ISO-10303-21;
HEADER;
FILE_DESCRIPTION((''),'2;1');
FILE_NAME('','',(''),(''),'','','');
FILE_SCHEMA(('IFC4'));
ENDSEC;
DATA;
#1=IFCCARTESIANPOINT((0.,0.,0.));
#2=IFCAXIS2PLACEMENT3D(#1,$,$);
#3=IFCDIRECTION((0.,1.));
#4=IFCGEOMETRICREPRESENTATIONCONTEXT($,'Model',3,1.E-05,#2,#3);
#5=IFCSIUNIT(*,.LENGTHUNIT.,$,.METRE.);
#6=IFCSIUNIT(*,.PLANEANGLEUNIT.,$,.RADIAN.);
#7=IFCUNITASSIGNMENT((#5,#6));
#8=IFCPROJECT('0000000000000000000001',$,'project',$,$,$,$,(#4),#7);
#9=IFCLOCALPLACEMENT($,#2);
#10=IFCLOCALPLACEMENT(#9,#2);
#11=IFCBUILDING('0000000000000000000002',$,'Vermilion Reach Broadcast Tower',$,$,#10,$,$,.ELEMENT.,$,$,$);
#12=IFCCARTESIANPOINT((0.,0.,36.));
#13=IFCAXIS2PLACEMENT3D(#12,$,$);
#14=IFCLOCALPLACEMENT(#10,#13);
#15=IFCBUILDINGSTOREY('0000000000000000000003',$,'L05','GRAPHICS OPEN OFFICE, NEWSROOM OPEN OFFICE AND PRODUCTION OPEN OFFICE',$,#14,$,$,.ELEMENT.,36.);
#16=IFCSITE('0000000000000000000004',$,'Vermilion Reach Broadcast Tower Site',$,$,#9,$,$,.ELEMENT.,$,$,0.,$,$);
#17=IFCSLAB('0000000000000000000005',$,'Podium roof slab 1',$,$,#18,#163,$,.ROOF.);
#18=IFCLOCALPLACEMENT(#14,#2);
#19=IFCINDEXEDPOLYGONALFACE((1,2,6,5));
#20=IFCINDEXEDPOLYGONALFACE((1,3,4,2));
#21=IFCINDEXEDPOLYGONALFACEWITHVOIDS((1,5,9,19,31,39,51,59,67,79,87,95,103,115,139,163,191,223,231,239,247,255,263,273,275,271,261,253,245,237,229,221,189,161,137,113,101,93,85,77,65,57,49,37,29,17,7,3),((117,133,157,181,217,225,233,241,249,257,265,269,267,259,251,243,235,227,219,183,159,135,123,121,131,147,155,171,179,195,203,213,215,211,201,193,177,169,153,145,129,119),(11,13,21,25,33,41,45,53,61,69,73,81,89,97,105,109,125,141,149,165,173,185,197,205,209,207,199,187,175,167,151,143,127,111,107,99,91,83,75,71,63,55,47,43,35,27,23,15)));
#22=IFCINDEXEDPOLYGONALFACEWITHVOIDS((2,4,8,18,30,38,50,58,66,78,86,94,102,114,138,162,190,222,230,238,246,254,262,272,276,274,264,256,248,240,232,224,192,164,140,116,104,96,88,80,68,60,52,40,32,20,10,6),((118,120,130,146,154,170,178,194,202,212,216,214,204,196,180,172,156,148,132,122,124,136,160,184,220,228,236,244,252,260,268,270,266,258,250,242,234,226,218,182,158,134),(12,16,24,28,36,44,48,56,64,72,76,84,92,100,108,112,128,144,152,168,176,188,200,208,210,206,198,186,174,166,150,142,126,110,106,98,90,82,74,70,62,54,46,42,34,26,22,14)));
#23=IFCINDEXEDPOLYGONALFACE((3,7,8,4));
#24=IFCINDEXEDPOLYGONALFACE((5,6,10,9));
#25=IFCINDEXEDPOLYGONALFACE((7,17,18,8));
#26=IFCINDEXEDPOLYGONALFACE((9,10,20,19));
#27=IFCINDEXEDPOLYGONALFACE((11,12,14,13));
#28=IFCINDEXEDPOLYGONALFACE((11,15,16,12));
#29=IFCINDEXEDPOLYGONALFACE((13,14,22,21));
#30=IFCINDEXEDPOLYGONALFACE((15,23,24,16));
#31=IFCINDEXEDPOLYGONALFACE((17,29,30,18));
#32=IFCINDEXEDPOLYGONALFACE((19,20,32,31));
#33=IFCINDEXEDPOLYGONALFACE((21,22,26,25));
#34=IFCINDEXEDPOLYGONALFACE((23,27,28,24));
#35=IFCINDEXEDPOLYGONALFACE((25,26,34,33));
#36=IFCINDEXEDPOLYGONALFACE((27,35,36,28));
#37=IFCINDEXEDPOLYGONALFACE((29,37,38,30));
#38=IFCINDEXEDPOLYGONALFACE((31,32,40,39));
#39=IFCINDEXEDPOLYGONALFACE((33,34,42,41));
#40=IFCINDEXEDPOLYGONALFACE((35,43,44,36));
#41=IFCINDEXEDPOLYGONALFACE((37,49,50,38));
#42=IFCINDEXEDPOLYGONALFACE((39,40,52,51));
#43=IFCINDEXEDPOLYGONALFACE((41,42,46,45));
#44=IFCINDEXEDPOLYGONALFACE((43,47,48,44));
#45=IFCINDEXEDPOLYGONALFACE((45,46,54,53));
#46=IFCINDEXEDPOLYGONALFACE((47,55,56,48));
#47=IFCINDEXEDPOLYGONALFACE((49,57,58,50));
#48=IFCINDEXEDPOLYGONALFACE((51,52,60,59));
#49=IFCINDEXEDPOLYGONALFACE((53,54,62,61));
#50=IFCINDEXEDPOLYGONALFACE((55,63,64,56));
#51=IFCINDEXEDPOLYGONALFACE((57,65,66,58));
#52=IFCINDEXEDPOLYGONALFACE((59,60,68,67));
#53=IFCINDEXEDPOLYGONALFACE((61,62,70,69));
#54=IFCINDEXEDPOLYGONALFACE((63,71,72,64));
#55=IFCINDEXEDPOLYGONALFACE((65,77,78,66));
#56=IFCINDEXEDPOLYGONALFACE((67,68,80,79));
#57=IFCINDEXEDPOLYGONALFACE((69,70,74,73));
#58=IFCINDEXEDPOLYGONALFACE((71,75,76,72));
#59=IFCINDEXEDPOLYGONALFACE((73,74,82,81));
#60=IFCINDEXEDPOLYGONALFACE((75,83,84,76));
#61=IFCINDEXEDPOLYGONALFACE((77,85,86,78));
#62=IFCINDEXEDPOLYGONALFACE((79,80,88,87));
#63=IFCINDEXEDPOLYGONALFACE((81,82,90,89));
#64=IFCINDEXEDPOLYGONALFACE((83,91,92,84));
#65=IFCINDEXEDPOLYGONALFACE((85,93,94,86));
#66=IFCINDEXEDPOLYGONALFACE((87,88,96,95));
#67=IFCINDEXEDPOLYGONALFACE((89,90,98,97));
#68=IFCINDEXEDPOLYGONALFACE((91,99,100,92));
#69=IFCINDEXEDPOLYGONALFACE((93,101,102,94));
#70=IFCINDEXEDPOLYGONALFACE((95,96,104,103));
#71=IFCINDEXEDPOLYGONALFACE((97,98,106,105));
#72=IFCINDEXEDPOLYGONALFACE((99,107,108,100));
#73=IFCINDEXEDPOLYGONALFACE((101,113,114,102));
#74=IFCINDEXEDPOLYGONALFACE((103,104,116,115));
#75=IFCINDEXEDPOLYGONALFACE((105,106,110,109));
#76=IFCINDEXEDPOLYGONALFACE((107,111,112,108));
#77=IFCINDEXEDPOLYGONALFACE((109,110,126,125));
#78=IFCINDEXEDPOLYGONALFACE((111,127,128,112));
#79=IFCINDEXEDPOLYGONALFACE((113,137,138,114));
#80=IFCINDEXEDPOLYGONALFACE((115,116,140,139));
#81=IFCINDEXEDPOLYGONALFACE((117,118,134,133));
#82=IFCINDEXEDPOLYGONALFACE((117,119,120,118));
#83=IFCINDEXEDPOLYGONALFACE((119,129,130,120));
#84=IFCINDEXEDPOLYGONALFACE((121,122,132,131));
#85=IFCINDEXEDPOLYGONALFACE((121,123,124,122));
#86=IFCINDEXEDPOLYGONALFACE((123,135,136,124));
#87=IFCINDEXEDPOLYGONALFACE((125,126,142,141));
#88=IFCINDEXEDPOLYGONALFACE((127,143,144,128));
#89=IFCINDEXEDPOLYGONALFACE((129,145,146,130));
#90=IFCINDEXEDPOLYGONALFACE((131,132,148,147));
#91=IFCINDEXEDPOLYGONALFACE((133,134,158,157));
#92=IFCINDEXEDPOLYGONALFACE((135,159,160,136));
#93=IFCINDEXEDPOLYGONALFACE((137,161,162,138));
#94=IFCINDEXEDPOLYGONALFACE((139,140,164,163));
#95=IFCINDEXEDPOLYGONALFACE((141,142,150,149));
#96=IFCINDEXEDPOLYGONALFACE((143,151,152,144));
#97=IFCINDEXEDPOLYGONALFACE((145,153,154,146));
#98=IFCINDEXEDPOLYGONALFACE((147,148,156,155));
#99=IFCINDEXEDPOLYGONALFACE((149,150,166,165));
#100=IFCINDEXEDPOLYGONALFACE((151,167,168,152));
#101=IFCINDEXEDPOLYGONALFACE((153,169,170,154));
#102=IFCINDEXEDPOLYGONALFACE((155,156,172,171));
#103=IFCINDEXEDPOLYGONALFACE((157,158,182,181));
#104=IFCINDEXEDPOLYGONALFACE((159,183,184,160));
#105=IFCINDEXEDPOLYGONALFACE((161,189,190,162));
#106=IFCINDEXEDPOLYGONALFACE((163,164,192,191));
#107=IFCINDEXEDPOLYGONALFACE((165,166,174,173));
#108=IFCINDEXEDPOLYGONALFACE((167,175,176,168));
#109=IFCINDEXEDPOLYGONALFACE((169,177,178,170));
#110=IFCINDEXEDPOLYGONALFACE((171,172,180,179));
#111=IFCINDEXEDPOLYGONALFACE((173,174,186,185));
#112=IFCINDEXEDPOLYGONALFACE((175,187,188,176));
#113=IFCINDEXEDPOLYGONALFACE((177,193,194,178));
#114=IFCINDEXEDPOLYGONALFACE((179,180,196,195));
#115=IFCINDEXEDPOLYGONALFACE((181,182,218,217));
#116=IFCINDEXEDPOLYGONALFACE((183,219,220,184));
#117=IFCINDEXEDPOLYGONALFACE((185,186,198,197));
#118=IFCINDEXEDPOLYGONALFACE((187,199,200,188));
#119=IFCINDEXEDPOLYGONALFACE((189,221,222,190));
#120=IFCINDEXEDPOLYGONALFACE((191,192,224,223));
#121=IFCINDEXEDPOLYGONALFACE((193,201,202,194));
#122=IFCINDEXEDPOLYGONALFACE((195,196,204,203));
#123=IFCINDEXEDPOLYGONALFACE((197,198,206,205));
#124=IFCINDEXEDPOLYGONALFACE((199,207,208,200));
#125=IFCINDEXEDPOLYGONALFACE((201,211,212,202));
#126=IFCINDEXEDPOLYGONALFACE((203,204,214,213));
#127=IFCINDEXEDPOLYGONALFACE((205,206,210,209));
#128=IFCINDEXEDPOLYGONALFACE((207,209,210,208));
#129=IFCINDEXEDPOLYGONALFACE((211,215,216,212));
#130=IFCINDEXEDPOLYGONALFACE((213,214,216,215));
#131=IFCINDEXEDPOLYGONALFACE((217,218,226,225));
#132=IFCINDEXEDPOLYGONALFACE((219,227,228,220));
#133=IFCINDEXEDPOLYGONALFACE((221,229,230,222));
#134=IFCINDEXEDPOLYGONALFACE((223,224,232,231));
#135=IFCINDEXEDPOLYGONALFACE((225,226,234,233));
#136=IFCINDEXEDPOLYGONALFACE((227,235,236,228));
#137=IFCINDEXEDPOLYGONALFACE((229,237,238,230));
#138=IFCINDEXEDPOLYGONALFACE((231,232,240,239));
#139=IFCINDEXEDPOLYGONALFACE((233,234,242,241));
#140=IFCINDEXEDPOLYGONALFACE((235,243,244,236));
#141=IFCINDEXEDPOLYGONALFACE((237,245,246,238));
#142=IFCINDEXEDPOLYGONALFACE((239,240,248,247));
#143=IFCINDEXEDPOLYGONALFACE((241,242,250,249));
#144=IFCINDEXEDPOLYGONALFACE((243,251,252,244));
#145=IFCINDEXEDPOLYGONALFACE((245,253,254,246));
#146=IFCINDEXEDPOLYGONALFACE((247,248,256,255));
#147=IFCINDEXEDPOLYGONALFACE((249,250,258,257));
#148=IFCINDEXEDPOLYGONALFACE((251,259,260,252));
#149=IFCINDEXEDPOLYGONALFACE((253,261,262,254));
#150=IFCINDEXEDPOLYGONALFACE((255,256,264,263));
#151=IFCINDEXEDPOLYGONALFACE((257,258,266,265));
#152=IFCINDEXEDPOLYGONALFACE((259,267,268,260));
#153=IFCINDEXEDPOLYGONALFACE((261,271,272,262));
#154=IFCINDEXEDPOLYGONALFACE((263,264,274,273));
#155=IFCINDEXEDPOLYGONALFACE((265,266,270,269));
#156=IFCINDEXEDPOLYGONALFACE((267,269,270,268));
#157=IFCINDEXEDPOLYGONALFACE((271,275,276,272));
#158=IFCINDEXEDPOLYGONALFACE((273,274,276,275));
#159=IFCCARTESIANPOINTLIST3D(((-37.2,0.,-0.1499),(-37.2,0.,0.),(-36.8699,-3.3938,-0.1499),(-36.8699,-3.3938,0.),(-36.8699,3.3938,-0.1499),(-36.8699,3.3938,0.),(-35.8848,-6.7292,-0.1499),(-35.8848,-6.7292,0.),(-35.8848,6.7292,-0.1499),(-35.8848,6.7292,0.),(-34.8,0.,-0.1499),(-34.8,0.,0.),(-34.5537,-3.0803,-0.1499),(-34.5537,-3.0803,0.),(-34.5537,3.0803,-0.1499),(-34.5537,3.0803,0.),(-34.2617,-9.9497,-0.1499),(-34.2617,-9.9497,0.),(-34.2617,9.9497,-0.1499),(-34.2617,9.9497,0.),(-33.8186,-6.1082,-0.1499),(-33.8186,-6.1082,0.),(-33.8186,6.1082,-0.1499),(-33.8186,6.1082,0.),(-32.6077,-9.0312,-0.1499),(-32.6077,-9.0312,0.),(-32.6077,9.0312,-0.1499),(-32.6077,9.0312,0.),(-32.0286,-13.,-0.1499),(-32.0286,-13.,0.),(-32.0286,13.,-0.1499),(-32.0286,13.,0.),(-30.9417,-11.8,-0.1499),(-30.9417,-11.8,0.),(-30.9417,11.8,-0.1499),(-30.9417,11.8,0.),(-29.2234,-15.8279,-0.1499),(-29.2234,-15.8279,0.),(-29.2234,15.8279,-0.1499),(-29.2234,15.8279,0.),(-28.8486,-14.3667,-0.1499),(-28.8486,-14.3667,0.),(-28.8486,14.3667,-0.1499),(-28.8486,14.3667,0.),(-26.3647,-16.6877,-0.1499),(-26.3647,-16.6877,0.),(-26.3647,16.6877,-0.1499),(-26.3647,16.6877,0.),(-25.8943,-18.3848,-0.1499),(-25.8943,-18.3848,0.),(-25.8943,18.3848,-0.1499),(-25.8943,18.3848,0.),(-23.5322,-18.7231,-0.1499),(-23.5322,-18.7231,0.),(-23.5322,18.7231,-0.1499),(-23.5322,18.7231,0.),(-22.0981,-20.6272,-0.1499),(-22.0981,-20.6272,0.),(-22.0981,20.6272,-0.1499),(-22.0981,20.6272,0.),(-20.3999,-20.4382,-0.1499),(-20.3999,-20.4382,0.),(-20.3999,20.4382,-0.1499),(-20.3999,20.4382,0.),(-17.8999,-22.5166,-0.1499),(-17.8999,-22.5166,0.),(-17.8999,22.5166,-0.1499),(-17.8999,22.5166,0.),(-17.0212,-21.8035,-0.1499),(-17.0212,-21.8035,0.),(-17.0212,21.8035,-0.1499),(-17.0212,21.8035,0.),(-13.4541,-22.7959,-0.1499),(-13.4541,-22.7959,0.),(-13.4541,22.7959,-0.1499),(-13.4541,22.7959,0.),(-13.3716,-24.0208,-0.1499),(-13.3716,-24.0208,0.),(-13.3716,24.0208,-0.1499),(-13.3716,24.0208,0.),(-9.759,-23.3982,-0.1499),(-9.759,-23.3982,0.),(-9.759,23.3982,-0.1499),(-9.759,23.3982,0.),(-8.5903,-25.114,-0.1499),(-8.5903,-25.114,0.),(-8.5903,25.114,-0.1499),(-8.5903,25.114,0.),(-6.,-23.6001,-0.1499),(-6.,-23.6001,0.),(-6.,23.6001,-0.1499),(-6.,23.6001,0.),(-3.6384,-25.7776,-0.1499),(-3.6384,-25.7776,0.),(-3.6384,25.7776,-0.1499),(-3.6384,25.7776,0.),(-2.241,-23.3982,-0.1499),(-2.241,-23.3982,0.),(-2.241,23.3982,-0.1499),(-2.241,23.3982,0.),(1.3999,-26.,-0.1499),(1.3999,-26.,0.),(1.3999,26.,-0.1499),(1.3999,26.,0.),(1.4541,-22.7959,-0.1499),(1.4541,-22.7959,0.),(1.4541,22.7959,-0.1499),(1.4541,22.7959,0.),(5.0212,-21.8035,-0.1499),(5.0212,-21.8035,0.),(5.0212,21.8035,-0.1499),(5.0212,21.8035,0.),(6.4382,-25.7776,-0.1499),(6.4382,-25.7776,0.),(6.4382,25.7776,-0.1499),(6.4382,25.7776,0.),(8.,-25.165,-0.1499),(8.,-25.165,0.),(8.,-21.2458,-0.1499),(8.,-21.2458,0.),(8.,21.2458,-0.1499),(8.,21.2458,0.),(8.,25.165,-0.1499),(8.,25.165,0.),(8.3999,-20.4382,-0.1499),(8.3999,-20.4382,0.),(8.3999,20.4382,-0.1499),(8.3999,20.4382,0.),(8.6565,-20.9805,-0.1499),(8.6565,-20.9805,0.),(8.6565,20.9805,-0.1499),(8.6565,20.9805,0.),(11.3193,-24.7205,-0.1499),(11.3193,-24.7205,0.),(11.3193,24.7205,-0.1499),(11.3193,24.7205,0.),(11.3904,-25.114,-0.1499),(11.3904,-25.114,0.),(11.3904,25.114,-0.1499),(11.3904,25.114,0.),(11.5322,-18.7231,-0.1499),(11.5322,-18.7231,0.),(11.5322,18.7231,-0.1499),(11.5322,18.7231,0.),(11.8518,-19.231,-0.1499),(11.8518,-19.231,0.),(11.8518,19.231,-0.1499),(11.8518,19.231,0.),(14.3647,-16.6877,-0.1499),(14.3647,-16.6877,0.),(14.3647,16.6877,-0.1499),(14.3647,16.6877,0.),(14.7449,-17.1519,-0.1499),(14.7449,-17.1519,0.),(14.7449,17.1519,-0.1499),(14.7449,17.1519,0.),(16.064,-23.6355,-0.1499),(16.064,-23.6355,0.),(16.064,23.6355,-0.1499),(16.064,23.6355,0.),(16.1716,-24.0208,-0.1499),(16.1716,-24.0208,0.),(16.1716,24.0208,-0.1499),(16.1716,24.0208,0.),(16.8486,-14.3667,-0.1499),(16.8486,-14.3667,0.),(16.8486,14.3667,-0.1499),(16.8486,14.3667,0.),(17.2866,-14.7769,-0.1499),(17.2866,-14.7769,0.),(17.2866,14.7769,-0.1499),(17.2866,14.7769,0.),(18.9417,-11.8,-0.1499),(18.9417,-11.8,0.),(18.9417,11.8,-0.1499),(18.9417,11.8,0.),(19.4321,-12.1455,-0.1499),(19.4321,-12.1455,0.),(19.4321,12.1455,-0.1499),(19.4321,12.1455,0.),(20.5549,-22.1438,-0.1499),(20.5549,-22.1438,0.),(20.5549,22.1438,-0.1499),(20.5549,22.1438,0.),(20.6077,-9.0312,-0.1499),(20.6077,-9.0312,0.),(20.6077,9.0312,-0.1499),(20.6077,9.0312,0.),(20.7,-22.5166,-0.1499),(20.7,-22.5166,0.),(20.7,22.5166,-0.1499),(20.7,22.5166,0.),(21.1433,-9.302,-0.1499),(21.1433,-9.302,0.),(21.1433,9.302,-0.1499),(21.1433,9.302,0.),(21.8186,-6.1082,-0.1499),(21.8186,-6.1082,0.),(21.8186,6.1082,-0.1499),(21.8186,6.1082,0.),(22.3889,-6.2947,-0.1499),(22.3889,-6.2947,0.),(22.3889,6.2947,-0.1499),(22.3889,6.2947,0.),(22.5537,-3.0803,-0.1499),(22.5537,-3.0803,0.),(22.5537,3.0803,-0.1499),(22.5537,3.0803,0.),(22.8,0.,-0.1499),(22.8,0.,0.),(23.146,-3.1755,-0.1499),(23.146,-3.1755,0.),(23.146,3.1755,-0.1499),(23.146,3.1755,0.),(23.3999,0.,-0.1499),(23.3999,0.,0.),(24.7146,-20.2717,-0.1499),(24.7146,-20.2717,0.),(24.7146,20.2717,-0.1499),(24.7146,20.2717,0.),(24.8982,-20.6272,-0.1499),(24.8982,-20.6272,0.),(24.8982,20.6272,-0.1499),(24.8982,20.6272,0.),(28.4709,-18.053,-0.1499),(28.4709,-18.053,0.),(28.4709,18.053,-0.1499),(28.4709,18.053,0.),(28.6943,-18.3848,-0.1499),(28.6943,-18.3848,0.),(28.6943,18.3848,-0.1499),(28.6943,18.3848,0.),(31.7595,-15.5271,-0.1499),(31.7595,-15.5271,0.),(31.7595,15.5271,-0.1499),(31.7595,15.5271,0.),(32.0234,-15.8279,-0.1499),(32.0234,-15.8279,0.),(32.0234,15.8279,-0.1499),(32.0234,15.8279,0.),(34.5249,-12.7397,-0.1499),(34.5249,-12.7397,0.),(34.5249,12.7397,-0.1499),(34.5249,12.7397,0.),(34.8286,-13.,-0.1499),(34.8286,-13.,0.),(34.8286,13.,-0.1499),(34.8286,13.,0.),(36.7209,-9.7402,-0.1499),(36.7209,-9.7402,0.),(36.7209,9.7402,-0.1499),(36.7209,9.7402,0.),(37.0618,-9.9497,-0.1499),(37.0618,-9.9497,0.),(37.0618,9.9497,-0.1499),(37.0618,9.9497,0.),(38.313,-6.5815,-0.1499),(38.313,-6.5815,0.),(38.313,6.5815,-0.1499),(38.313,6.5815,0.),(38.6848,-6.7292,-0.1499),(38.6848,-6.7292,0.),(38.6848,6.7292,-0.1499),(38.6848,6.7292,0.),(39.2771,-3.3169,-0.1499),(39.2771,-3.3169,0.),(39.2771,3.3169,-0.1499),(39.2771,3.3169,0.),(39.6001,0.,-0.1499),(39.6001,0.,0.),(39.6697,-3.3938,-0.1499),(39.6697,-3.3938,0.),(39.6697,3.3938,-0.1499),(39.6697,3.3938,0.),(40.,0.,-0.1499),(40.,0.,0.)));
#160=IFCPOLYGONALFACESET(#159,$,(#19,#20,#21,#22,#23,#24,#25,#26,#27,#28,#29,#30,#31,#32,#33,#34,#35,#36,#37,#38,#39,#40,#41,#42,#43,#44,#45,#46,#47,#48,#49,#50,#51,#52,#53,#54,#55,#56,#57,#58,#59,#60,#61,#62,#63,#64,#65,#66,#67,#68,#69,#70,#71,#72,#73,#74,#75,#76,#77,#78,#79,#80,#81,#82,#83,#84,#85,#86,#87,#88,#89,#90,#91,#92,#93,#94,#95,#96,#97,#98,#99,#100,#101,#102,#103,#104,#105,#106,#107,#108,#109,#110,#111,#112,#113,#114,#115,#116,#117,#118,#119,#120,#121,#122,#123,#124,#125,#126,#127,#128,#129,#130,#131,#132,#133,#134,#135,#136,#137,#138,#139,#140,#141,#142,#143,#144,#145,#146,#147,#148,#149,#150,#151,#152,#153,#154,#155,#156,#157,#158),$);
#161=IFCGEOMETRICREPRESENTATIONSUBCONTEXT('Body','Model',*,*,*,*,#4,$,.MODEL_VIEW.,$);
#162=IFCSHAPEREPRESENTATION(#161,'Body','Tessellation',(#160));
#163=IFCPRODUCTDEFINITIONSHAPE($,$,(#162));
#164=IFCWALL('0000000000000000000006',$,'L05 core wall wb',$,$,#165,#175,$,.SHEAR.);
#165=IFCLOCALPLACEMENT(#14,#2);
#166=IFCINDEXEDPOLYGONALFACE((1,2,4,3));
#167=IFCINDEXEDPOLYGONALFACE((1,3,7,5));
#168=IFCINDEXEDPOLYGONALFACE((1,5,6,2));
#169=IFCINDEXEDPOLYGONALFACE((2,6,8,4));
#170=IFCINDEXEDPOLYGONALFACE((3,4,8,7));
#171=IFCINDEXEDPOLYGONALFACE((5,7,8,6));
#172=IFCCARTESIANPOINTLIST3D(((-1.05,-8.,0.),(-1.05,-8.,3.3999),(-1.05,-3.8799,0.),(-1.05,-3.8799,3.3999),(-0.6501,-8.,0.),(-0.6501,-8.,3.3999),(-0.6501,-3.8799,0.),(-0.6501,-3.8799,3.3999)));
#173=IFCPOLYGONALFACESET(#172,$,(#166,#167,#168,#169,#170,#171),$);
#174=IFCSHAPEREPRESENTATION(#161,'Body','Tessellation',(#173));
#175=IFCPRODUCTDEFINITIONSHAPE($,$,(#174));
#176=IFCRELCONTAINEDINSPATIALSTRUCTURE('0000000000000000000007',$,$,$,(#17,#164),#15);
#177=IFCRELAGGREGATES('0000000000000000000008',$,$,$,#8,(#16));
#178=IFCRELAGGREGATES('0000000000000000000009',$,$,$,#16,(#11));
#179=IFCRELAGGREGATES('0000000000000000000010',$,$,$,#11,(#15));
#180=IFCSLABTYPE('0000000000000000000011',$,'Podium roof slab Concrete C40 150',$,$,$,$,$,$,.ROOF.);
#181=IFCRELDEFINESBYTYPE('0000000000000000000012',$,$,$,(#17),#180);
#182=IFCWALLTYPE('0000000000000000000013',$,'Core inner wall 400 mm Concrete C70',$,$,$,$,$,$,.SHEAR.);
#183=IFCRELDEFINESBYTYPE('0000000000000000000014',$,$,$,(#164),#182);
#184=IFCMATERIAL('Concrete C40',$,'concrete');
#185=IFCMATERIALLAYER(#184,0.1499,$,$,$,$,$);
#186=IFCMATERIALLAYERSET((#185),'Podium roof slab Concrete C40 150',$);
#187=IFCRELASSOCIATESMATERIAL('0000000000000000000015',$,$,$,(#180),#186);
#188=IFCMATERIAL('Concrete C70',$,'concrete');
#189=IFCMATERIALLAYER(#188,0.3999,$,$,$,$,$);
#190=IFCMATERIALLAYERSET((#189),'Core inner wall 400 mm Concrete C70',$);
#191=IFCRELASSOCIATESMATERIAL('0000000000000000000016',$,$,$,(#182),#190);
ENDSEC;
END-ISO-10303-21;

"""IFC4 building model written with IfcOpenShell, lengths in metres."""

from ifc_helpers import new_model, si_unit, direction, frame, frame_2d, origin, place, context, subcontext, project, spatial, polyline, rectangle, outline, extrude, material, layer, layer_set, type_object, element, save


model = new_model("IFC4")

# Units and contexts
model_context = context("Model", 3, precision=1e-05, world=origin(), true_north=direction((0.0, 1.0)))
body_context = subcontext(model_context, "Body", "Model", "MODEL_VIEW")
ifc_project = project(units=[si_unit("LENGTHUNIT", "METRE"), si_unit("PLANEANGLEUNIT", "RADIAN")], contexts=[model_context])

# Site, building, storey
site_placement = place(None, origin())
site = spatial("IfcSite", under=ifc_project, at=site_placement, Name="Vermilion Reach Broadcast Tower Site", CompositionType="ELEMENT", RefElevation=0.0)
building_placement = place(site_placement, origin())
building = spatial("IfcBuilding", under=site, at=building_placement, Name="Vermilion Reach Broadcast Tower", CompositionType="ELEMENT")
storey_placement = place(building_placement, frame((0.0, 0.0, 36.0)))
storey = spatial("IfcBuildingStorey", under=building, at=storey_placement, Name="L05", Description="GRAPHICS OPEN OFFICE, NEWSROOM OPEN OFFICE AND PRODUCTION OPEN OFFICE", CompositionType="ELEMENT", Elevation=36.0)

# Shared definitions
placement_1 = place(storey_placement, frame((0.0, 0.0, -0.1499)))

# Slab
ifc_material_1 = material(Name="Concrete C40", Category="concrete")
ifc_layer_1 = layer(ifc_material_1, 0.1499)
ifc_layer_set_1 = layer_set([ifc_layer_1], Name="Podium roof slab Concrete C40 150")
slab_type_1 = type_object("IfcSlabType", Name="Podium roof slab Concrete C40 150", PredefinedType="ROOF", material=ifc_layer_set_1)
element("IfcSlab", 1, at=placement_1, inside=storey, type_object=slab_type_1, Name="Podium roof slab 1", PredefinedType="ROOF", context=body_context, shape_type="SweptSolid", body=[
    extrude(outline(polyline([(38.6848, -6.7292), (37.0618, -9.9497), (34.8286, -13.0), (32.0234, -15.8279), (28.6943, -18.3848), (24.8982, -20.6272), (20.7, -22.5166), (16.1716, -24.0208), (11.3904, -25.114), (6.4382, -25.7776), (1.3999, -26.0), (-3.6384, -25.7776), (-8.5903, -25.114), (-13.3716, -24.0208), (-17.8999, -22.5166), (-22.0981, -20.6272), (-25.8943, -18.3848), (-29.2234, -15.8279), (-32.0286, -13.0), (-34.2617, -9.9497), (-35.8848, -6.7292), (-36.8699, -3.3938), (-37.2, 0.0), (-36.8699, 3.3938), (-35.8848, 6.7292), (-34.2617, 9.9497), (-32.0286, 13.0), (-29.2234, 15.8279), (-25.8943, 18.3848), (-22.0981, 20.6272), (-17.8999, 22.5166), (-13.3716, 24.0208), (-8.5903, 25.114), (-3.6384, 25.7776), (1.3999, 26.0), (6.4382, 25.7776), (11.3904, 25.114), (16.1716, 24.0208), (20.7, 22.5166), (24.8982, 20.6272), (28.6943, 18.3848), (32.0234, 15.8279), (34.8286, 13.0), (37.0618, 9.9497), (38.6848, 6.7292), (39.6697, 3.3938), (40.0, 0.0), (39.6697, -3.3938), (38.6848, -6.7292)]), holes=[polyline([(21.8186, 6.1082), (20.6077, 9.0312), (18.9417, 11.8), (16.8486, 14.3667), (14.3647, 16.6877), (11.5322, 18.7231), (8.3999, 20.4382), (5.0212, 21.8035), (1.4541, 22.7959), (-2.241, 23.3982), (-6.0, 23.6001), (-9.759, 23.3982), (-13.4541, 22.7959), (-17.0212, 21.8035), (-20.3999, 20.4382), (-23.5322, 18.7231), (-26.3647, 16.6877), (-28.8486, 14.3667), (-30.9417, 11.8), (-32.6077, 9.0312), (-33.8186, 6.1082), (-34.5537, 3.0803), (-34.8, 0.0), (-34.5537, -3.0803), (-33.8186, -6.1082), (-32.6077, -9.0312), (-30.9417, -11.8), (-28.8486, -14.3667), (-26.3647, -16.6877), (-23.5322, -18.7231), (-20.3999, -20.4382), (-17.0212, -21.8035), (-13.4541, -22.7959), (-9.759, -23.3982), (-6.0, -23.6001), (-2.241, -23.3982), (1.4541, -22.7959), (5.0212, -21.8035), (8.3999, -20.4382), (11.5322, -18.7231), (14.3647, -16.6877), (16.8486, -14.3667), (18.9417, -11.8), (20.6077, -9.0312), (21.8186, -6.1082), (22.5537, -3.0803), (22.8, 0.0), (22.5537, 3.0803), (21.8186, 6.1082)]), polyline([(8.0, 21.2458), (8.6565, 20.9805), (11.8518, 19.231), (14.7449, 17.1519), (17.2866, 14.7769), (19.4321, 12.1455), (21.1433, 9.302), (22.3889, 6.2947), (23.146, 3.1755), (23.3999, 0.0), (23.146, -3.1755), (22.3889, -6.2947), (21.1433, -9.302), (19.4321, -12.1455), (17.2866, -14.7769), (14.7449, -17.1519), (11.8518, -19.231), (8.6565, -20.9805), (8.0, -21.2458), (8.0, -25.165), (11.3193, -24.7205), (16.064, -23.6355), (20.5549, -22.1438), (24.7146, -20.2717), (28.4709, -18.053), (31.7595, -15.5271), (34.5249, -12.7397), (36.7209, -9.7402), (38.313, -6.5815), (39.2771, -3.3169), (39.6001, 0.0), (39.2771, 3.3169), (38.313, 6.5815), (36.7209, 9.7402), (34.5249, 12.7397), (31.7595, 15.5271), (28.4709, 18.053), (24.7146, 20.2717), (20.5549, 22.1438), (16.064, 23.6355), (11.3193, 24.7205), (8.0, 25.165), (8.0, 21.2458)])]), origin(), (0.0, 0.0, 1.0), 0.1499),
])

# Wall
ifc_material_2 = material(Name="Concrete C70", Category="concrete")
ifc_layer_2 = layer(ifc_material_2, 0.3999)
ifc_layer_set_2 = layer_set([ifc_layer_2], Name="Core inner wall 400 mm Concrete C70")
wall_type_1 = type_object("IfcWallType", Name="Core inner wall 400 mm Concrete C70", PredefinedType="SHEAR", material=ifc_layer_set_2)
wall_1_placement = place(storey_placement, frame((-0.8501, -3.8799, 0.0), z_axis=(0.0, 0.0, 1.0), x_axis=(0.0, -1.0, 0.0)))
element("IfcWall", 2, at=wall_1_placement, inside=storey, type_object=wall_type_1, Name="L05 core wall wb", PredefinedType="SHEAR", context=body_context, shape_type="SweptSolid", body=[
    extrude(rectangle(XDim=4.1201, YDim=0.3999, at=frame_2d((2.0601, 0.0))), origin(), (0.0, 0.0, 1.0), 3.3999),
])

save(model, "model.ifc")
